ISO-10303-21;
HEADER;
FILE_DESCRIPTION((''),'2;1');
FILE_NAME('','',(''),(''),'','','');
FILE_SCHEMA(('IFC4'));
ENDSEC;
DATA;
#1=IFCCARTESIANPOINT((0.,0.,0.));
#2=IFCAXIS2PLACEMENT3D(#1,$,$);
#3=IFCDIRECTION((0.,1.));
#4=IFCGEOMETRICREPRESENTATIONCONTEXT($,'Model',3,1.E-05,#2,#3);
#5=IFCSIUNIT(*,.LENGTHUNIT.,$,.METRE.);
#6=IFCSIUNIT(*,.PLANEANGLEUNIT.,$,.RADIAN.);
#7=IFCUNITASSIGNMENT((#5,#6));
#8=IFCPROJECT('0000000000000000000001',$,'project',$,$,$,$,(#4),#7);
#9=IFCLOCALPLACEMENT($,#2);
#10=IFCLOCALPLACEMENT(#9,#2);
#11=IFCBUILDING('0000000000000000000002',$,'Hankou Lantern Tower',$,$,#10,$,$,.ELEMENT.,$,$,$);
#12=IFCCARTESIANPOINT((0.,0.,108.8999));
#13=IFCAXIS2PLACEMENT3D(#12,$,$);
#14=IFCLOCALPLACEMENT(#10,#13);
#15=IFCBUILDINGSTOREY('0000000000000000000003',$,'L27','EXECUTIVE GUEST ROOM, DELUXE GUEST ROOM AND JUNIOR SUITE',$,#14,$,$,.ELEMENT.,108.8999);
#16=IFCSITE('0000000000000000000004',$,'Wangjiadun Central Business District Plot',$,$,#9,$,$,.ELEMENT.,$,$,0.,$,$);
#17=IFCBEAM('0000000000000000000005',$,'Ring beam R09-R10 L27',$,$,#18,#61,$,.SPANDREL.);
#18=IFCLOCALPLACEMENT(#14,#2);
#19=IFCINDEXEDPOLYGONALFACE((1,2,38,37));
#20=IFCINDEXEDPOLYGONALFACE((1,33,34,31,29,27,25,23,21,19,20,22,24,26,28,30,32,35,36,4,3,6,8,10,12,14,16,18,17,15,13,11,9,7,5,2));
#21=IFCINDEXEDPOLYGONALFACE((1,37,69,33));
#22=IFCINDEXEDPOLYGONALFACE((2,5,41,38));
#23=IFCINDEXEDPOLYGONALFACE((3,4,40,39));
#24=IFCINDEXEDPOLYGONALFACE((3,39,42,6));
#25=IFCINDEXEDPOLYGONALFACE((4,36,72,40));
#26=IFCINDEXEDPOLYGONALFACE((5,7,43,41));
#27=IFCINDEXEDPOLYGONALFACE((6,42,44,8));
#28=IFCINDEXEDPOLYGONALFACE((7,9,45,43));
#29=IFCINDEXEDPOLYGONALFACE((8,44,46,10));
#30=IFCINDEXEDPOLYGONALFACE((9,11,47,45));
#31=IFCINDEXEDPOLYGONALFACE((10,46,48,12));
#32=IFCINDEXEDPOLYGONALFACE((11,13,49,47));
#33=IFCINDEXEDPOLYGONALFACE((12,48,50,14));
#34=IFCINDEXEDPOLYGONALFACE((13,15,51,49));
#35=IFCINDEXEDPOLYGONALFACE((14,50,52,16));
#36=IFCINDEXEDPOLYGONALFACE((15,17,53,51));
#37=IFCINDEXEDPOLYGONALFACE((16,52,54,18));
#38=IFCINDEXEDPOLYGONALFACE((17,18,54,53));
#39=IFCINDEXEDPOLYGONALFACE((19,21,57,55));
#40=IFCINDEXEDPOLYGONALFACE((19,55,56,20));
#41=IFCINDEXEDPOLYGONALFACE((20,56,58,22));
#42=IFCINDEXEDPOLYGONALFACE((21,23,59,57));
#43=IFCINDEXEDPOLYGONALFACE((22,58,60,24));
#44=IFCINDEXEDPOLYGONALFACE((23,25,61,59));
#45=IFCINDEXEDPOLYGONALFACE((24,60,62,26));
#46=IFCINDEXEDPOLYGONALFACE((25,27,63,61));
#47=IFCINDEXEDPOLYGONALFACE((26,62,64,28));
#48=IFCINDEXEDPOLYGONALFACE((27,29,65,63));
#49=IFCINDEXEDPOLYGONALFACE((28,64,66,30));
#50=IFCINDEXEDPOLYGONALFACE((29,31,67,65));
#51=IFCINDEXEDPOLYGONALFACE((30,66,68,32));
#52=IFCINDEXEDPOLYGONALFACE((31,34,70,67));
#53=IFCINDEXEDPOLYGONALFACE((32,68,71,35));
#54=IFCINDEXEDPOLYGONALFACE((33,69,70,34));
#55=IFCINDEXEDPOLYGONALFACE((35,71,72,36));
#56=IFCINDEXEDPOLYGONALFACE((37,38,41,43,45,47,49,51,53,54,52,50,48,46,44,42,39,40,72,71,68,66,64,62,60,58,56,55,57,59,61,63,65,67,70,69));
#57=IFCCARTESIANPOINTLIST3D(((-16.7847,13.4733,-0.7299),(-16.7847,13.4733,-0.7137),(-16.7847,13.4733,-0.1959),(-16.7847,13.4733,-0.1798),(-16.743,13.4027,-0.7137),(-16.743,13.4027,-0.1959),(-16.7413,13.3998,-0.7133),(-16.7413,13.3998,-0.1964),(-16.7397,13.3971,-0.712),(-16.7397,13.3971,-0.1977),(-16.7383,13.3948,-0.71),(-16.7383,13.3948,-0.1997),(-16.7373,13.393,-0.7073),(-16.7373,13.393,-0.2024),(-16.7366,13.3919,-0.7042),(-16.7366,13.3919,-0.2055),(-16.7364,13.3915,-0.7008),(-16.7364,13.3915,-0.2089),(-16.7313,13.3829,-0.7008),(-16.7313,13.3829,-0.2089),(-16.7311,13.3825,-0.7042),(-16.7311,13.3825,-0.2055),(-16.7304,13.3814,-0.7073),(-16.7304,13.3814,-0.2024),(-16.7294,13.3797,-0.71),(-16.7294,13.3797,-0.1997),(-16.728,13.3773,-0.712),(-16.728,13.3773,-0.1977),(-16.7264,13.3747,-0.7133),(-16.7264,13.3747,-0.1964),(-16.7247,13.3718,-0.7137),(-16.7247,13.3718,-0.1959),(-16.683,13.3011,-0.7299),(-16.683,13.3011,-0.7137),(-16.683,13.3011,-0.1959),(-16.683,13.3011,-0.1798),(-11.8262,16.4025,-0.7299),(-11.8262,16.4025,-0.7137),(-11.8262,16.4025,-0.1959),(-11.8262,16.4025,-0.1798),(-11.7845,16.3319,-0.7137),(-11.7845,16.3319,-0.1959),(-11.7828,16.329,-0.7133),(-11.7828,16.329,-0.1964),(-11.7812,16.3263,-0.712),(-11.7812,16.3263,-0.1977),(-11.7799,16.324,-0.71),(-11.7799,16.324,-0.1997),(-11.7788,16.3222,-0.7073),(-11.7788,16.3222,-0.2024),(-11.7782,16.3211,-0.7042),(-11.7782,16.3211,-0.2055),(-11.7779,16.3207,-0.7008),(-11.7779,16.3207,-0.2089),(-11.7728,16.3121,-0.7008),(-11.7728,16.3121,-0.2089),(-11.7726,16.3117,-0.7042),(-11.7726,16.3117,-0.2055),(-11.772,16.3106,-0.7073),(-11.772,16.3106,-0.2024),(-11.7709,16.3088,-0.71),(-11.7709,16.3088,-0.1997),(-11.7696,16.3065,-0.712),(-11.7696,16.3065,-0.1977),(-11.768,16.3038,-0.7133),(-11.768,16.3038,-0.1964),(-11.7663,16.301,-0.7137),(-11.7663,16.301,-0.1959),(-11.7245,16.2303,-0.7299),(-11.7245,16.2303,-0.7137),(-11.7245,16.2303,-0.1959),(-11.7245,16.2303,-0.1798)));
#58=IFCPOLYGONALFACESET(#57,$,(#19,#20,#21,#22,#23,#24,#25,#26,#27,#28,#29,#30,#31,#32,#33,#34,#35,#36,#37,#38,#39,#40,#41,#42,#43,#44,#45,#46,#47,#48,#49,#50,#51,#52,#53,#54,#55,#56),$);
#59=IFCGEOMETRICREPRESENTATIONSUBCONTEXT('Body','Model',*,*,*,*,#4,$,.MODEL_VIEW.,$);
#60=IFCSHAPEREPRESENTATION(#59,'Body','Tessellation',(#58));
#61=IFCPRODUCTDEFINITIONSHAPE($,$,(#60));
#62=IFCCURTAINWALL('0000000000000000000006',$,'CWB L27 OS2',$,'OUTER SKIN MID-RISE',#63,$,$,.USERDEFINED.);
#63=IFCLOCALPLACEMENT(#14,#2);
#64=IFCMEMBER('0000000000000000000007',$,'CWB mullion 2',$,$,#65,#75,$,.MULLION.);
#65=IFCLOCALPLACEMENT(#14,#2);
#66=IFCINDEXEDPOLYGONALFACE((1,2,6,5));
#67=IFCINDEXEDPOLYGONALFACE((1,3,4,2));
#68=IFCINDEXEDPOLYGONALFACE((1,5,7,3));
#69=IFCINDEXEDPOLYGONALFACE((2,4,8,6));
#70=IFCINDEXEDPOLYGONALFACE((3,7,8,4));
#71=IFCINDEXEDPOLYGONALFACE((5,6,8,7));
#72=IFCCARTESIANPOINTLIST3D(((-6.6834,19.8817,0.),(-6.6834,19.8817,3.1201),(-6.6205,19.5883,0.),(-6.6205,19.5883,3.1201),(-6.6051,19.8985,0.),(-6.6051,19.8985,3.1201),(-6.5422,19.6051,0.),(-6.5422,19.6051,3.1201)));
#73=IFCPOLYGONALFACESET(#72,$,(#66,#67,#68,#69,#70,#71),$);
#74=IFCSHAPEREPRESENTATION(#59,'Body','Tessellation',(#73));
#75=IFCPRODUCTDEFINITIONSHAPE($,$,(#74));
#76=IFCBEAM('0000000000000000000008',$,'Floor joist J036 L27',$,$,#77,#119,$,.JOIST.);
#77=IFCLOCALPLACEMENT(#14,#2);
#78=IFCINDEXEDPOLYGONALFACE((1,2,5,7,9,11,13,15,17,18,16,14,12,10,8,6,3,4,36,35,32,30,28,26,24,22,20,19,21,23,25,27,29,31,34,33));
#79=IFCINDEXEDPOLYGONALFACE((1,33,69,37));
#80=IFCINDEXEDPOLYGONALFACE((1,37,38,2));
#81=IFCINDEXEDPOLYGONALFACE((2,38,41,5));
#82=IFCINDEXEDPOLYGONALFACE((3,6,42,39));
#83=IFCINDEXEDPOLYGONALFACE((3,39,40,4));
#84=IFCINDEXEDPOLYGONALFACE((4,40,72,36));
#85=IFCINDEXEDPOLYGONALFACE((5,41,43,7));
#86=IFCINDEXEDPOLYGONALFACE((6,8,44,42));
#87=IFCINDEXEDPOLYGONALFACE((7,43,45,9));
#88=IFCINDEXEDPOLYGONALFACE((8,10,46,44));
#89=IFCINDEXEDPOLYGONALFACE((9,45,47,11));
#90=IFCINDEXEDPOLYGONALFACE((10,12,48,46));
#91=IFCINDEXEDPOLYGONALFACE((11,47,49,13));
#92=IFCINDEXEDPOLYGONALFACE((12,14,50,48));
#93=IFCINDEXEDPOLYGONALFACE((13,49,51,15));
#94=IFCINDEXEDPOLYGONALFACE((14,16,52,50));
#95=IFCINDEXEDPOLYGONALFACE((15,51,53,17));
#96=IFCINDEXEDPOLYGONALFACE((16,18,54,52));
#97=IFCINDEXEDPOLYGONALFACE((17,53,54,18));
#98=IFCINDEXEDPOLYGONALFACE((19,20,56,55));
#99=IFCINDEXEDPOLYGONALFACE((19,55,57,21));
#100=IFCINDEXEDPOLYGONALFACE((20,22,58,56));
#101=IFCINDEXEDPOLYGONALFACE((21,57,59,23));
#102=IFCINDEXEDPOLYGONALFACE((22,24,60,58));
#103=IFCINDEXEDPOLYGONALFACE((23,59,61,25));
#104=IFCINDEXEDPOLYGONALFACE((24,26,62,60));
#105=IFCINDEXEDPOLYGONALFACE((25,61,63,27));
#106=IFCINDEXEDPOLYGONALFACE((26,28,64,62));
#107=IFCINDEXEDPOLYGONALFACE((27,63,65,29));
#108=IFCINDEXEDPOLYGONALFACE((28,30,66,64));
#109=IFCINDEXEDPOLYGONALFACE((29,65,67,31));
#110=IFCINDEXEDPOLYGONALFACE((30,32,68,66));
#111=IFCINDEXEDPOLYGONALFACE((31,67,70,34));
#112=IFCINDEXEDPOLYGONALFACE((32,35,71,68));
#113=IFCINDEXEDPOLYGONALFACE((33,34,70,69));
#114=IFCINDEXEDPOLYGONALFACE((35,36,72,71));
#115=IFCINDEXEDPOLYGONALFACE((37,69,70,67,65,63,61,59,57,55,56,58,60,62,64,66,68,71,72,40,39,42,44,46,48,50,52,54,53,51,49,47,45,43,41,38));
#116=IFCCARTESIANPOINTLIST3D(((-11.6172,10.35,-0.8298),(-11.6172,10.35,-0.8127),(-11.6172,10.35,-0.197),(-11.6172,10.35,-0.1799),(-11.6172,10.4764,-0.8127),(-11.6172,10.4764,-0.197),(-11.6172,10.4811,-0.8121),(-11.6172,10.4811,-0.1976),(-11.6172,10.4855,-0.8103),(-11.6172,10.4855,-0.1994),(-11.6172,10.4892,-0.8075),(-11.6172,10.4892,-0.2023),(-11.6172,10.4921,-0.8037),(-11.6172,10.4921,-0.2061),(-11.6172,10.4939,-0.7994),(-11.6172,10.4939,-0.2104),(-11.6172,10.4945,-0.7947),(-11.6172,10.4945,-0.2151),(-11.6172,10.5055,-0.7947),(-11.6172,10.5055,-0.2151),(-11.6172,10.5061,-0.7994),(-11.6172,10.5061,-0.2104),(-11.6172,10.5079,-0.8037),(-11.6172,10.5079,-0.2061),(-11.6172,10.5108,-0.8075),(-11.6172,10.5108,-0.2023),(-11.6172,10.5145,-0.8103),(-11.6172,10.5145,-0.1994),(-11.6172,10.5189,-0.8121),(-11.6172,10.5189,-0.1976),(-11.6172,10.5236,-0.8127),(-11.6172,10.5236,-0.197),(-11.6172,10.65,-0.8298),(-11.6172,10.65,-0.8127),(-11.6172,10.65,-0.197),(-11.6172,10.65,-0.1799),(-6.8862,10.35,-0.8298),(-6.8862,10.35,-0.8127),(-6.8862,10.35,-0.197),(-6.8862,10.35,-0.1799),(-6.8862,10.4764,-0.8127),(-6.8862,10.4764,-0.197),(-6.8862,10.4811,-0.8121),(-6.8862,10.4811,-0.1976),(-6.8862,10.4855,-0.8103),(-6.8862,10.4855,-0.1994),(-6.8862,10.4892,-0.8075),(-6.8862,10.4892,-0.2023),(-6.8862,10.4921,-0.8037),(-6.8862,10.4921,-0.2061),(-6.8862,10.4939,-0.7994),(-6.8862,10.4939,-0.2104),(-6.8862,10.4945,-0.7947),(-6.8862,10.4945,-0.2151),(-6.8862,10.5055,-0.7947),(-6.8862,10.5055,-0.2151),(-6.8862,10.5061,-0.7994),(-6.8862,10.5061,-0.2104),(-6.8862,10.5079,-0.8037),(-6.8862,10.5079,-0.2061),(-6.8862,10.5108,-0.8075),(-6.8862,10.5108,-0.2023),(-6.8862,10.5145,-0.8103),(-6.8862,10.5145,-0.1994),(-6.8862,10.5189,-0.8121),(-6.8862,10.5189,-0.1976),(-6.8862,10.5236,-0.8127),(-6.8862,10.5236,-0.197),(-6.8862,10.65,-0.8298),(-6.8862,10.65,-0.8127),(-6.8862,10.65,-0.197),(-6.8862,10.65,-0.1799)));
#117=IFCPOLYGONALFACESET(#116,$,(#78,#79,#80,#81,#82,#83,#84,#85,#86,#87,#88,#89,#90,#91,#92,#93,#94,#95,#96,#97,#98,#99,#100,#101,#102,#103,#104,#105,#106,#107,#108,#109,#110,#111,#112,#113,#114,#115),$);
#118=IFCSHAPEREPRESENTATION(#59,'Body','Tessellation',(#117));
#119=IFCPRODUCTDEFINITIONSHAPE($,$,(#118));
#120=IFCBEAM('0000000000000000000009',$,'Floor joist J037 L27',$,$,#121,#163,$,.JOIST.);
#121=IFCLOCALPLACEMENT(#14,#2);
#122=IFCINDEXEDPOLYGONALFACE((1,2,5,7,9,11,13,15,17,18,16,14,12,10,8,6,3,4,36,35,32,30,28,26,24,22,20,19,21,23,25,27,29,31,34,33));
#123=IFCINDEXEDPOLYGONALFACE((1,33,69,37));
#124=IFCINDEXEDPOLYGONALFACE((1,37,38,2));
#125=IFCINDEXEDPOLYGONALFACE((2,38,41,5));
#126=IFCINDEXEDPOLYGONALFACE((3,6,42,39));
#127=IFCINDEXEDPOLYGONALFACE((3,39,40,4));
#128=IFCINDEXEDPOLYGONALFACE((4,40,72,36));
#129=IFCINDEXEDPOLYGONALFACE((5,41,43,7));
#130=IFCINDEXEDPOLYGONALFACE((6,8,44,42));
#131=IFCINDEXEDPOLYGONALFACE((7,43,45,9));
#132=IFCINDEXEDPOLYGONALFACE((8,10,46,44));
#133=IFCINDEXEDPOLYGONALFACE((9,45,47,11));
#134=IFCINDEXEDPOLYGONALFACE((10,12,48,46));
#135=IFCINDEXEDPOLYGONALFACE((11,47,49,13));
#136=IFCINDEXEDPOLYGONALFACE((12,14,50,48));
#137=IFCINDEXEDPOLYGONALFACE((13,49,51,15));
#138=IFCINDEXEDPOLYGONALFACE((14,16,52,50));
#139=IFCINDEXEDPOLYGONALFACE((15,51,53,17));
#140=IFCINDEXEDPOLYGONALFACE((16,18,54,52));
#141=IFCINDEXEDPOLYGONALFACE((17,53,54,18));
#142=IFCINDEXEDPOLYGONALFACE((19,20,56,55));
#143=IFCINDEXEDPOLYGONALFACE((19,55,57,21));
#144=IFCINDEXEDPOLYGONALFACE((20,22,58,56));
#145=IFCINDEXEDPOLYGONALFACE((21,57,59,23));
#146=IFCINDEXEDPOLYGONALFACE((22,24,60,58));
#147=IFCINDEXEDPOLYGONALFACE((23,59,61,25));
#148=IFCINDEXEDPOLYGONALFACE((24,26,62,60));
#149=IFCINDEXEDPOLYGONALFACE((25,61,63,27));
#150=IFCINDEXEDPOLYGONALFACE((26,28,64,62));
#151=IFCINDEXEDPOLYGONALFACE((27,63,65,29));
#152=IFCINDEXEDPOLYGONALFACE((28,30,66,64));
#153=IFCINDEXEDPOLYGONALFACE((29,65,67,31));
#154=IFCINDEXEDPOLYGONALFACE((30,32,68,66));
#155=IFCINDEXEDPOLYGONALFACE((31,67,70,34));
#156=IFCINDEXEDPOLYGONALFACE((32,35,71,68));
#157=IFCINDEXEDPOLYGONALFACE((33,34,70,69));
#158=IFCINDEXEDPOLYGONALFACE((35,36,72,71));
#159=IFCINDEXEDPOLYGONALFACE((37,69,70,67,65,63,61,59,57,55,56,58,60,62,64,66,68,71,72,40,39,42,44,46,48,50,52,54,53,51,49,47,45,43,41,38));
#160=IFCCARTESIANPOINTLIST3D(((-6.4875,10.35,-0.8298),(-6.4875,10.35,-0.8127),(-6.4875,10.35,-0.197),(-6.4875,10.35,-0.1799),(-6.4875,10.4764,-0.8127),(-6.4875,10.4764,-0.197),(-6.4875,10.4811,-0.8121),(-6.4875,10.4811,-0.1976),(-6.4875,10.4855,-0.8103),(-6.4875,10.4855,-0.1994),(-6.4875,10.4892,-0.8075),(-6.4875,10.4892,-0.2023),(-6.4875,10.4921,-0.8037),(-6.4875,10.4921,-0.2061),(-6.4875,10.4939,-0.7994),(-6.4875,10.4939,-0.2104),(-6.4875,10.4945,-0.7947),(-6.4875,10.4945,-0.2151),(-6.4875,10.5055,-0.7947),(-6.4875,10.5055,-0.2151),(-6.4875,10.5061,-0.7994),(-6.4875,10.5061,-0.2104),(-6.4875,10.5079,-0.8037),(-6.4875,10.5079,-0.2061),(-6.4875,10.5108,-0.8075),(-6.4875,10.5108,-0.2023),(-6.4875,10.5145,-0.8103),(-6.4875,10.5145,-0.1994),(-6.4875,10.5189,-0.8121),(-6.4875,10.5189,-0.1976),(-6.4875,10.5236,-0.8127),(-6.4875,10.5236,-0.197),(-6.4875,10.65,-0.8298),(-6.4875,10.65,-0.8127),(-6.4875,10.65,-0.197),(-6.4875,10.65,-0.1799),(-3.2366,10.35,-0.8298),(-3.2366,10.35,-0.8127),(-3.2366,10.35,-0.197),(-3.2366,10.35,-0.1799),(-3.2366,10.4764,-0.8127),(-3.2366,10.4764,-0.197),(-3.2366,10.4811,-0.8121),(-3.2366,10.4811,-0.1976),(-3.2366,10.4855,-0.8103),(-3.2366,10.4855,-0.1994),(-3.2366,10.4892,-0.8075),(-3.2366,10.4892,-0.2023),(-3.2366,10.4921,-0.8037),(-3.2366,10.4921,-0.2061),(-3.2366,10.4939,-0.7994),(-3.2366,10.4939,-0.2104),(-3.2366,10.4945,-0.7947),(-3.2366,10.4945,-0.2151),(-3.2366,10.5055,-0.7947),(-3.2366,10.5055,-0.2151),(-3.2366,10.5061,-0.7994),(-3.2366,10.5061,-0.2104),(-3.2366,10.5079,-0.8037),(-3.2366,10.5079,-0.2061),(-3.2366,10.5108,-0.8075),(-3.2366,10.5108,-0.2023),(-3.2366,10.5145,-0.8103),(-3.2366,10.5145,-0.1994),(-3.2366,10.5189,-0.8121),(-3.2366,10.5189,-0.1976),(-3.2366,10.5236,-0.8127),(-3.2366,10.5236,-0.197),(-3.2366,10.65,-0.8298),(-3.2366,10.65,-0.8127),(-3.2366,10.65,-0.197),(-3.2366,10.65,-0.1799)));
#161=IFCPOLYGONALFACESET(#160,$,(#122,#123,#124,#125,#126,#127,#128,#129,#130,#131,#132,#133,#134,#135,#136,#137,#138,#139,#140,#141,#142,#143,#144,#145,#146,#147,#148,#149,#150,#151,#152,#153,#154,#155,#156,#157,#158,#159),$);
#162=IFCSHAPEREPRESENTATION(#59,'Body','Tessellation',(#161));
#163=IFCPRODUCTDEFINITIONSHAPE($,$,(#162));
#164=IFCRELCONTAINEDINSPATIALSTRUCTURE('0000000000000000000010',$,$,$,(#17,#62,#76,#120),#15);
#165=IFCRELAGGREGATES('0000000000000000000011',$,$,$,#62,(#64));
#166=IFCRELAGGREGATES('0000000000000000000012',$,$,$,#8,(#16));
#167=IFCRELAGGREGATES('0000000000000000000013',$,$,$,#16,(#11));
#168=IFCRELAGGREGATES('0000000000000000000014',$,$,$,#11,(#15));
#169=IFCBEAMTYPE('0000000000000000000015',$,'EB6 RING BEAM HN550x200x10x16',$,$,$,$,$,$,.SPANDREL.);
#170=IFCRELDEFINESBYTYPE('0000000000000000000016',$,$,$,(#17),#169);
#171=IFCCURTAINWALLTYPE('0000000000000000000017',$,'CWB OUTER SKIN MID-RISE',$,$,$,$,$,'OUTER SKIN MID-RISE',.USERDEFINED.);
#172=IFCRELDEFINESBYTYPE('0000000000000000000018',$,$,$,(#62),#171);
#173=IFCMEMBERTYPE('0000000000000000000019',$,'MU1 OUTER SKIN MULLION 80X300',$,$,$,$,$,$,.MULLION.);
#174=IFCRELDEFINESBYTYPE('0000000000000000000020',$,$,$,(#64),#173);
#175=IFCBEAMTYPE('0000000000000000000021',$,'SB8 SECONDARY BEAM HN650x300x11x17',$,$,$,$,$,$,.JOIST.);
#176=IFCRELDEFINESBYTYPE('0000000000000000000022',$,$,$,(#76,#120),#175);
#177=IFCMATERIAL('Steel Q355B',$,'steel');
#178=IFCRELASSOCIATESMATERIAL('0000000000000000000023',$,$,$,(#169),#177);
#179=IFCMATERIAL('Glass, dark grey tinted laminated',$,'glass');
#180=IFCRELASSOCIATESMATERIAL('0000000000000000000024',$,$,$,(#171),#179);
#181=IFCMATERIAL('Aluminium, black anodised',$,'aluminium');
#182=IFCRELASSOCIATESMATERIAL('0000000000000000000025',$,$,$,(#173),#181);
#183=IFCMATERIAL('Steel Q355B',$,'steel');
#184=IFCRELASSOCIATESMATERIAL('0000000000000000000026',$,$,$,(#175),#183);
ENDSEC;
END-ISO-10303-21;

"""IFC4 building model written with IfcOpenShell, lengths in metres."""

from ifc_helpers import new_model, si_unit, direction, frame, origin, origin_2d, place, context, subcontext, project, spatial, rectangle, i_section, extrude, material, material_profile, profile_set, type_object, element, aggregate, save


model = new_model("IFC4")

# Units and contexts
model_context = context("Model", 3, precision=1e-05, world=origin(), true_north=direction((0.0, 1.0)))
body_context = subcontext(model_context, "Body", "Model", "MODEL_VIEW")
ifc_project = project(units=[si_unit("LENGTHUNIT", "METRE"), si_unit("PLANEANGLEUNIT", "RADIAN")], contexts=[model_context])

# Site, building, storey
site_placement = place(None, origin())
site = spatial("IfcSite", under=ifc_project, at=site_placement, Name="Wangjiadun Central Business District Plot", CompositionType="ELEMENT", RefElevation=0.0)
building_placement = place(site_placement, origin())
building = spatial("IfcBuilding", under=site, at=building_placement, Name="Hankou Lantern Tower", CompositionType="ELEMENT")
storey_placement = place(building_placement, frame((0.0, 0.0, 108.8999)))
storey = spatial("IfcBuildingStorey", under=building, at=storey_placement, Name="L27", Description="EXECUTIVE GUEST ROOM, DELUXE GUEST ROOM AND JUNIOR SUITE", CompositionType="ELEMENT", Elevation=108.8999)

# Beam
ifc_material_1 = material(Name="Steel Q355B", Category="steel")
ifc_material_profile_1 = material_profile(ifc_material_1, i_section(OverallWidth=0.2, OverallDepth=0.55, WebThickness=0.01, FlangeThickness=0.0161, FilletRadius=0.0129, at=origin_2d()), Name="HN550x200x10x16")
ifc_profile_set_1 = profile_set([ifc_material_profile_1], Name="Steel Q355B")
beam_type_1 = type_object("IfcBeamType", Name="EB6 RING BEAM HN550x200x10x16", PredefinedType="SPANDREL", material=ifc_profile_set_1)
beam_1_placement = place(storey_placement, frame((-11.7754, 16.3164, -0.4548), z_axis=(-0.860989, -0.508624, 0.0), x_axis=(0.508624, -0.860989, 0.0)))
element("IfcBeam", 1, at=beam_1_placement, inside=storey, type_object=beam_type_1, Name="Ring beam R09-R10 L27", PredefinedType="SPANDREL", context=body_context, shape_type="SweptSolid", body=[
    extrude(i_section(OverallWidth=0.2, OverallDepth=0.55, WebThickness=0.01, FlangeThickness=0.0161, FilletRadius=0.0129, at=origin_2d()), origin(), (0.0, 0.0, 1.0), 5.759),
])

# Curtain wall, member
ifc_material_2 = material(Name="Glass, dark grey tinted laminated", Category="glass")
curtain_wall_type = type_object("IfcCurtainWallType", Name="CWB OUTER SKIN MID-RISE", ElementType="OUTER SKIN MID-RISE", PredefinedType="USERDEFINED", material=ifc_material_2)
curtain_wall_placement = place(storey_placement, origin())
curtain_wall = element("IfcCurtainWall", 2, at=curtain_wall_placement, inside=storey, type_object=curtain_wall_type, Name="CWB L27 OS2", ObjectType="OUTER SKIN MID-RISE", PredefinedType="USERDEFINED")
ifc_material_3 = material(Name="Aluminium, black anodised", Category="aluminium")
ifc_material_profile_2 = material_profile(ifc_material_3, rectangle(XDim=0.0801, YDim=0.3, at=origin_2d()), Name="MU1 80X300")
ifc_profile_set_2 = profile_set([ifc_material_profile_2], Name="Aluminium, black anodised")
member_type_1 = type_object("IfcMemberType", Name="MU1 OUTER SKIN MULLION 80X300", PredefinedType="MULLION", material=ifc_profile_set_2)
member_1_placement = place(storey_placement, frame((-6.6128, 19.7434, 0.0), z_axis=(0.0, 0.0, 1.0), x_axis=(-0.977788, -0.209598, 0.0)))
member_1 = element("IfcMember", 3, at=member_1_placement, type_object=member_type_1, Name="CWB mullion 2", PredefinedType="MULLION", context=body_context, shape_type="SweptSolid", body=[
    extrude(rectangle(XDim=0.0801, YDim=0.3, at=origin_2d()), origin(), (0.0, 0.0, 1.0), 3.1201),
])

# Beams
ifc_material_4 = material(Name="Steel Q355B", Category="steel")
ifc_material_profile_3 = material_profile(ifc_material_4, i_section(OverallWidth=0.3, OverallDepth=0.6499, WebThickness=0.011, FlangeThickness=0.0171, FilletRadius=0.0181, at=origin_2d()), Name="HN650x300x11x17")
ifc_profile_set_3 = profile_set([ifc_material_profile_3], Name="Steel Q355B")
beam_type_2 = type_object("IfcBeamType", Name="SB8 SECONDARY BEAM HN650x300x11x17", PredefinedType="JOIST", material=ifc_profile_set_3)
beam_2_placement = place(storey_placement, frame((-11.6172, 10.5, -0.5049), z_axis=(1.0, 0.0, 0.0), x_axis=(0.0, 1.0, 0.0)))
element("IfcBeam", 4, at=beam_2_placement, inside=storey, type_object=beam_type_2, Name="Floor joist J036 L27", PredefinedType="JOIST", context=body_context, shape_type="SweptSolid", body=[
    extrude(i_section(OverallWidth=0.3, OverallDepth=0.6499, WebThickness=0.011, FlangeThickness=0.0171, FilletRadius=0.0181, at=origin_2d()), origin(), (0.0, 0.0, 1.0), 4.731),
])
beam_3_placement = place(storey_placement, frame((-6.4875, 10.5, -0.5049), z_axis=(1.0, 0.0, 0.0), x_axis=(0.0, 1.0, 0.0)))
element("IfcBeam", 5, at=beam_3_placement, inside=storey, type_object=beam_type_2, Name="Floor joist J037 L27", PredefinedType="JOIST", context=body_context, shape_type="SweptSolid", body=[
    extrude(i_section(OverallWidth=0.3, OverallDepth=0.6499, WebThickness=0.011, FlangeThickness=0.0171, FilletRadius=0.0181, at=origin_2d()), origin(), (0.0, 0.0, 1.0), 3.251),
])

aggregate(curtain_wall, [member_1])

save(model, "model.ifc")
